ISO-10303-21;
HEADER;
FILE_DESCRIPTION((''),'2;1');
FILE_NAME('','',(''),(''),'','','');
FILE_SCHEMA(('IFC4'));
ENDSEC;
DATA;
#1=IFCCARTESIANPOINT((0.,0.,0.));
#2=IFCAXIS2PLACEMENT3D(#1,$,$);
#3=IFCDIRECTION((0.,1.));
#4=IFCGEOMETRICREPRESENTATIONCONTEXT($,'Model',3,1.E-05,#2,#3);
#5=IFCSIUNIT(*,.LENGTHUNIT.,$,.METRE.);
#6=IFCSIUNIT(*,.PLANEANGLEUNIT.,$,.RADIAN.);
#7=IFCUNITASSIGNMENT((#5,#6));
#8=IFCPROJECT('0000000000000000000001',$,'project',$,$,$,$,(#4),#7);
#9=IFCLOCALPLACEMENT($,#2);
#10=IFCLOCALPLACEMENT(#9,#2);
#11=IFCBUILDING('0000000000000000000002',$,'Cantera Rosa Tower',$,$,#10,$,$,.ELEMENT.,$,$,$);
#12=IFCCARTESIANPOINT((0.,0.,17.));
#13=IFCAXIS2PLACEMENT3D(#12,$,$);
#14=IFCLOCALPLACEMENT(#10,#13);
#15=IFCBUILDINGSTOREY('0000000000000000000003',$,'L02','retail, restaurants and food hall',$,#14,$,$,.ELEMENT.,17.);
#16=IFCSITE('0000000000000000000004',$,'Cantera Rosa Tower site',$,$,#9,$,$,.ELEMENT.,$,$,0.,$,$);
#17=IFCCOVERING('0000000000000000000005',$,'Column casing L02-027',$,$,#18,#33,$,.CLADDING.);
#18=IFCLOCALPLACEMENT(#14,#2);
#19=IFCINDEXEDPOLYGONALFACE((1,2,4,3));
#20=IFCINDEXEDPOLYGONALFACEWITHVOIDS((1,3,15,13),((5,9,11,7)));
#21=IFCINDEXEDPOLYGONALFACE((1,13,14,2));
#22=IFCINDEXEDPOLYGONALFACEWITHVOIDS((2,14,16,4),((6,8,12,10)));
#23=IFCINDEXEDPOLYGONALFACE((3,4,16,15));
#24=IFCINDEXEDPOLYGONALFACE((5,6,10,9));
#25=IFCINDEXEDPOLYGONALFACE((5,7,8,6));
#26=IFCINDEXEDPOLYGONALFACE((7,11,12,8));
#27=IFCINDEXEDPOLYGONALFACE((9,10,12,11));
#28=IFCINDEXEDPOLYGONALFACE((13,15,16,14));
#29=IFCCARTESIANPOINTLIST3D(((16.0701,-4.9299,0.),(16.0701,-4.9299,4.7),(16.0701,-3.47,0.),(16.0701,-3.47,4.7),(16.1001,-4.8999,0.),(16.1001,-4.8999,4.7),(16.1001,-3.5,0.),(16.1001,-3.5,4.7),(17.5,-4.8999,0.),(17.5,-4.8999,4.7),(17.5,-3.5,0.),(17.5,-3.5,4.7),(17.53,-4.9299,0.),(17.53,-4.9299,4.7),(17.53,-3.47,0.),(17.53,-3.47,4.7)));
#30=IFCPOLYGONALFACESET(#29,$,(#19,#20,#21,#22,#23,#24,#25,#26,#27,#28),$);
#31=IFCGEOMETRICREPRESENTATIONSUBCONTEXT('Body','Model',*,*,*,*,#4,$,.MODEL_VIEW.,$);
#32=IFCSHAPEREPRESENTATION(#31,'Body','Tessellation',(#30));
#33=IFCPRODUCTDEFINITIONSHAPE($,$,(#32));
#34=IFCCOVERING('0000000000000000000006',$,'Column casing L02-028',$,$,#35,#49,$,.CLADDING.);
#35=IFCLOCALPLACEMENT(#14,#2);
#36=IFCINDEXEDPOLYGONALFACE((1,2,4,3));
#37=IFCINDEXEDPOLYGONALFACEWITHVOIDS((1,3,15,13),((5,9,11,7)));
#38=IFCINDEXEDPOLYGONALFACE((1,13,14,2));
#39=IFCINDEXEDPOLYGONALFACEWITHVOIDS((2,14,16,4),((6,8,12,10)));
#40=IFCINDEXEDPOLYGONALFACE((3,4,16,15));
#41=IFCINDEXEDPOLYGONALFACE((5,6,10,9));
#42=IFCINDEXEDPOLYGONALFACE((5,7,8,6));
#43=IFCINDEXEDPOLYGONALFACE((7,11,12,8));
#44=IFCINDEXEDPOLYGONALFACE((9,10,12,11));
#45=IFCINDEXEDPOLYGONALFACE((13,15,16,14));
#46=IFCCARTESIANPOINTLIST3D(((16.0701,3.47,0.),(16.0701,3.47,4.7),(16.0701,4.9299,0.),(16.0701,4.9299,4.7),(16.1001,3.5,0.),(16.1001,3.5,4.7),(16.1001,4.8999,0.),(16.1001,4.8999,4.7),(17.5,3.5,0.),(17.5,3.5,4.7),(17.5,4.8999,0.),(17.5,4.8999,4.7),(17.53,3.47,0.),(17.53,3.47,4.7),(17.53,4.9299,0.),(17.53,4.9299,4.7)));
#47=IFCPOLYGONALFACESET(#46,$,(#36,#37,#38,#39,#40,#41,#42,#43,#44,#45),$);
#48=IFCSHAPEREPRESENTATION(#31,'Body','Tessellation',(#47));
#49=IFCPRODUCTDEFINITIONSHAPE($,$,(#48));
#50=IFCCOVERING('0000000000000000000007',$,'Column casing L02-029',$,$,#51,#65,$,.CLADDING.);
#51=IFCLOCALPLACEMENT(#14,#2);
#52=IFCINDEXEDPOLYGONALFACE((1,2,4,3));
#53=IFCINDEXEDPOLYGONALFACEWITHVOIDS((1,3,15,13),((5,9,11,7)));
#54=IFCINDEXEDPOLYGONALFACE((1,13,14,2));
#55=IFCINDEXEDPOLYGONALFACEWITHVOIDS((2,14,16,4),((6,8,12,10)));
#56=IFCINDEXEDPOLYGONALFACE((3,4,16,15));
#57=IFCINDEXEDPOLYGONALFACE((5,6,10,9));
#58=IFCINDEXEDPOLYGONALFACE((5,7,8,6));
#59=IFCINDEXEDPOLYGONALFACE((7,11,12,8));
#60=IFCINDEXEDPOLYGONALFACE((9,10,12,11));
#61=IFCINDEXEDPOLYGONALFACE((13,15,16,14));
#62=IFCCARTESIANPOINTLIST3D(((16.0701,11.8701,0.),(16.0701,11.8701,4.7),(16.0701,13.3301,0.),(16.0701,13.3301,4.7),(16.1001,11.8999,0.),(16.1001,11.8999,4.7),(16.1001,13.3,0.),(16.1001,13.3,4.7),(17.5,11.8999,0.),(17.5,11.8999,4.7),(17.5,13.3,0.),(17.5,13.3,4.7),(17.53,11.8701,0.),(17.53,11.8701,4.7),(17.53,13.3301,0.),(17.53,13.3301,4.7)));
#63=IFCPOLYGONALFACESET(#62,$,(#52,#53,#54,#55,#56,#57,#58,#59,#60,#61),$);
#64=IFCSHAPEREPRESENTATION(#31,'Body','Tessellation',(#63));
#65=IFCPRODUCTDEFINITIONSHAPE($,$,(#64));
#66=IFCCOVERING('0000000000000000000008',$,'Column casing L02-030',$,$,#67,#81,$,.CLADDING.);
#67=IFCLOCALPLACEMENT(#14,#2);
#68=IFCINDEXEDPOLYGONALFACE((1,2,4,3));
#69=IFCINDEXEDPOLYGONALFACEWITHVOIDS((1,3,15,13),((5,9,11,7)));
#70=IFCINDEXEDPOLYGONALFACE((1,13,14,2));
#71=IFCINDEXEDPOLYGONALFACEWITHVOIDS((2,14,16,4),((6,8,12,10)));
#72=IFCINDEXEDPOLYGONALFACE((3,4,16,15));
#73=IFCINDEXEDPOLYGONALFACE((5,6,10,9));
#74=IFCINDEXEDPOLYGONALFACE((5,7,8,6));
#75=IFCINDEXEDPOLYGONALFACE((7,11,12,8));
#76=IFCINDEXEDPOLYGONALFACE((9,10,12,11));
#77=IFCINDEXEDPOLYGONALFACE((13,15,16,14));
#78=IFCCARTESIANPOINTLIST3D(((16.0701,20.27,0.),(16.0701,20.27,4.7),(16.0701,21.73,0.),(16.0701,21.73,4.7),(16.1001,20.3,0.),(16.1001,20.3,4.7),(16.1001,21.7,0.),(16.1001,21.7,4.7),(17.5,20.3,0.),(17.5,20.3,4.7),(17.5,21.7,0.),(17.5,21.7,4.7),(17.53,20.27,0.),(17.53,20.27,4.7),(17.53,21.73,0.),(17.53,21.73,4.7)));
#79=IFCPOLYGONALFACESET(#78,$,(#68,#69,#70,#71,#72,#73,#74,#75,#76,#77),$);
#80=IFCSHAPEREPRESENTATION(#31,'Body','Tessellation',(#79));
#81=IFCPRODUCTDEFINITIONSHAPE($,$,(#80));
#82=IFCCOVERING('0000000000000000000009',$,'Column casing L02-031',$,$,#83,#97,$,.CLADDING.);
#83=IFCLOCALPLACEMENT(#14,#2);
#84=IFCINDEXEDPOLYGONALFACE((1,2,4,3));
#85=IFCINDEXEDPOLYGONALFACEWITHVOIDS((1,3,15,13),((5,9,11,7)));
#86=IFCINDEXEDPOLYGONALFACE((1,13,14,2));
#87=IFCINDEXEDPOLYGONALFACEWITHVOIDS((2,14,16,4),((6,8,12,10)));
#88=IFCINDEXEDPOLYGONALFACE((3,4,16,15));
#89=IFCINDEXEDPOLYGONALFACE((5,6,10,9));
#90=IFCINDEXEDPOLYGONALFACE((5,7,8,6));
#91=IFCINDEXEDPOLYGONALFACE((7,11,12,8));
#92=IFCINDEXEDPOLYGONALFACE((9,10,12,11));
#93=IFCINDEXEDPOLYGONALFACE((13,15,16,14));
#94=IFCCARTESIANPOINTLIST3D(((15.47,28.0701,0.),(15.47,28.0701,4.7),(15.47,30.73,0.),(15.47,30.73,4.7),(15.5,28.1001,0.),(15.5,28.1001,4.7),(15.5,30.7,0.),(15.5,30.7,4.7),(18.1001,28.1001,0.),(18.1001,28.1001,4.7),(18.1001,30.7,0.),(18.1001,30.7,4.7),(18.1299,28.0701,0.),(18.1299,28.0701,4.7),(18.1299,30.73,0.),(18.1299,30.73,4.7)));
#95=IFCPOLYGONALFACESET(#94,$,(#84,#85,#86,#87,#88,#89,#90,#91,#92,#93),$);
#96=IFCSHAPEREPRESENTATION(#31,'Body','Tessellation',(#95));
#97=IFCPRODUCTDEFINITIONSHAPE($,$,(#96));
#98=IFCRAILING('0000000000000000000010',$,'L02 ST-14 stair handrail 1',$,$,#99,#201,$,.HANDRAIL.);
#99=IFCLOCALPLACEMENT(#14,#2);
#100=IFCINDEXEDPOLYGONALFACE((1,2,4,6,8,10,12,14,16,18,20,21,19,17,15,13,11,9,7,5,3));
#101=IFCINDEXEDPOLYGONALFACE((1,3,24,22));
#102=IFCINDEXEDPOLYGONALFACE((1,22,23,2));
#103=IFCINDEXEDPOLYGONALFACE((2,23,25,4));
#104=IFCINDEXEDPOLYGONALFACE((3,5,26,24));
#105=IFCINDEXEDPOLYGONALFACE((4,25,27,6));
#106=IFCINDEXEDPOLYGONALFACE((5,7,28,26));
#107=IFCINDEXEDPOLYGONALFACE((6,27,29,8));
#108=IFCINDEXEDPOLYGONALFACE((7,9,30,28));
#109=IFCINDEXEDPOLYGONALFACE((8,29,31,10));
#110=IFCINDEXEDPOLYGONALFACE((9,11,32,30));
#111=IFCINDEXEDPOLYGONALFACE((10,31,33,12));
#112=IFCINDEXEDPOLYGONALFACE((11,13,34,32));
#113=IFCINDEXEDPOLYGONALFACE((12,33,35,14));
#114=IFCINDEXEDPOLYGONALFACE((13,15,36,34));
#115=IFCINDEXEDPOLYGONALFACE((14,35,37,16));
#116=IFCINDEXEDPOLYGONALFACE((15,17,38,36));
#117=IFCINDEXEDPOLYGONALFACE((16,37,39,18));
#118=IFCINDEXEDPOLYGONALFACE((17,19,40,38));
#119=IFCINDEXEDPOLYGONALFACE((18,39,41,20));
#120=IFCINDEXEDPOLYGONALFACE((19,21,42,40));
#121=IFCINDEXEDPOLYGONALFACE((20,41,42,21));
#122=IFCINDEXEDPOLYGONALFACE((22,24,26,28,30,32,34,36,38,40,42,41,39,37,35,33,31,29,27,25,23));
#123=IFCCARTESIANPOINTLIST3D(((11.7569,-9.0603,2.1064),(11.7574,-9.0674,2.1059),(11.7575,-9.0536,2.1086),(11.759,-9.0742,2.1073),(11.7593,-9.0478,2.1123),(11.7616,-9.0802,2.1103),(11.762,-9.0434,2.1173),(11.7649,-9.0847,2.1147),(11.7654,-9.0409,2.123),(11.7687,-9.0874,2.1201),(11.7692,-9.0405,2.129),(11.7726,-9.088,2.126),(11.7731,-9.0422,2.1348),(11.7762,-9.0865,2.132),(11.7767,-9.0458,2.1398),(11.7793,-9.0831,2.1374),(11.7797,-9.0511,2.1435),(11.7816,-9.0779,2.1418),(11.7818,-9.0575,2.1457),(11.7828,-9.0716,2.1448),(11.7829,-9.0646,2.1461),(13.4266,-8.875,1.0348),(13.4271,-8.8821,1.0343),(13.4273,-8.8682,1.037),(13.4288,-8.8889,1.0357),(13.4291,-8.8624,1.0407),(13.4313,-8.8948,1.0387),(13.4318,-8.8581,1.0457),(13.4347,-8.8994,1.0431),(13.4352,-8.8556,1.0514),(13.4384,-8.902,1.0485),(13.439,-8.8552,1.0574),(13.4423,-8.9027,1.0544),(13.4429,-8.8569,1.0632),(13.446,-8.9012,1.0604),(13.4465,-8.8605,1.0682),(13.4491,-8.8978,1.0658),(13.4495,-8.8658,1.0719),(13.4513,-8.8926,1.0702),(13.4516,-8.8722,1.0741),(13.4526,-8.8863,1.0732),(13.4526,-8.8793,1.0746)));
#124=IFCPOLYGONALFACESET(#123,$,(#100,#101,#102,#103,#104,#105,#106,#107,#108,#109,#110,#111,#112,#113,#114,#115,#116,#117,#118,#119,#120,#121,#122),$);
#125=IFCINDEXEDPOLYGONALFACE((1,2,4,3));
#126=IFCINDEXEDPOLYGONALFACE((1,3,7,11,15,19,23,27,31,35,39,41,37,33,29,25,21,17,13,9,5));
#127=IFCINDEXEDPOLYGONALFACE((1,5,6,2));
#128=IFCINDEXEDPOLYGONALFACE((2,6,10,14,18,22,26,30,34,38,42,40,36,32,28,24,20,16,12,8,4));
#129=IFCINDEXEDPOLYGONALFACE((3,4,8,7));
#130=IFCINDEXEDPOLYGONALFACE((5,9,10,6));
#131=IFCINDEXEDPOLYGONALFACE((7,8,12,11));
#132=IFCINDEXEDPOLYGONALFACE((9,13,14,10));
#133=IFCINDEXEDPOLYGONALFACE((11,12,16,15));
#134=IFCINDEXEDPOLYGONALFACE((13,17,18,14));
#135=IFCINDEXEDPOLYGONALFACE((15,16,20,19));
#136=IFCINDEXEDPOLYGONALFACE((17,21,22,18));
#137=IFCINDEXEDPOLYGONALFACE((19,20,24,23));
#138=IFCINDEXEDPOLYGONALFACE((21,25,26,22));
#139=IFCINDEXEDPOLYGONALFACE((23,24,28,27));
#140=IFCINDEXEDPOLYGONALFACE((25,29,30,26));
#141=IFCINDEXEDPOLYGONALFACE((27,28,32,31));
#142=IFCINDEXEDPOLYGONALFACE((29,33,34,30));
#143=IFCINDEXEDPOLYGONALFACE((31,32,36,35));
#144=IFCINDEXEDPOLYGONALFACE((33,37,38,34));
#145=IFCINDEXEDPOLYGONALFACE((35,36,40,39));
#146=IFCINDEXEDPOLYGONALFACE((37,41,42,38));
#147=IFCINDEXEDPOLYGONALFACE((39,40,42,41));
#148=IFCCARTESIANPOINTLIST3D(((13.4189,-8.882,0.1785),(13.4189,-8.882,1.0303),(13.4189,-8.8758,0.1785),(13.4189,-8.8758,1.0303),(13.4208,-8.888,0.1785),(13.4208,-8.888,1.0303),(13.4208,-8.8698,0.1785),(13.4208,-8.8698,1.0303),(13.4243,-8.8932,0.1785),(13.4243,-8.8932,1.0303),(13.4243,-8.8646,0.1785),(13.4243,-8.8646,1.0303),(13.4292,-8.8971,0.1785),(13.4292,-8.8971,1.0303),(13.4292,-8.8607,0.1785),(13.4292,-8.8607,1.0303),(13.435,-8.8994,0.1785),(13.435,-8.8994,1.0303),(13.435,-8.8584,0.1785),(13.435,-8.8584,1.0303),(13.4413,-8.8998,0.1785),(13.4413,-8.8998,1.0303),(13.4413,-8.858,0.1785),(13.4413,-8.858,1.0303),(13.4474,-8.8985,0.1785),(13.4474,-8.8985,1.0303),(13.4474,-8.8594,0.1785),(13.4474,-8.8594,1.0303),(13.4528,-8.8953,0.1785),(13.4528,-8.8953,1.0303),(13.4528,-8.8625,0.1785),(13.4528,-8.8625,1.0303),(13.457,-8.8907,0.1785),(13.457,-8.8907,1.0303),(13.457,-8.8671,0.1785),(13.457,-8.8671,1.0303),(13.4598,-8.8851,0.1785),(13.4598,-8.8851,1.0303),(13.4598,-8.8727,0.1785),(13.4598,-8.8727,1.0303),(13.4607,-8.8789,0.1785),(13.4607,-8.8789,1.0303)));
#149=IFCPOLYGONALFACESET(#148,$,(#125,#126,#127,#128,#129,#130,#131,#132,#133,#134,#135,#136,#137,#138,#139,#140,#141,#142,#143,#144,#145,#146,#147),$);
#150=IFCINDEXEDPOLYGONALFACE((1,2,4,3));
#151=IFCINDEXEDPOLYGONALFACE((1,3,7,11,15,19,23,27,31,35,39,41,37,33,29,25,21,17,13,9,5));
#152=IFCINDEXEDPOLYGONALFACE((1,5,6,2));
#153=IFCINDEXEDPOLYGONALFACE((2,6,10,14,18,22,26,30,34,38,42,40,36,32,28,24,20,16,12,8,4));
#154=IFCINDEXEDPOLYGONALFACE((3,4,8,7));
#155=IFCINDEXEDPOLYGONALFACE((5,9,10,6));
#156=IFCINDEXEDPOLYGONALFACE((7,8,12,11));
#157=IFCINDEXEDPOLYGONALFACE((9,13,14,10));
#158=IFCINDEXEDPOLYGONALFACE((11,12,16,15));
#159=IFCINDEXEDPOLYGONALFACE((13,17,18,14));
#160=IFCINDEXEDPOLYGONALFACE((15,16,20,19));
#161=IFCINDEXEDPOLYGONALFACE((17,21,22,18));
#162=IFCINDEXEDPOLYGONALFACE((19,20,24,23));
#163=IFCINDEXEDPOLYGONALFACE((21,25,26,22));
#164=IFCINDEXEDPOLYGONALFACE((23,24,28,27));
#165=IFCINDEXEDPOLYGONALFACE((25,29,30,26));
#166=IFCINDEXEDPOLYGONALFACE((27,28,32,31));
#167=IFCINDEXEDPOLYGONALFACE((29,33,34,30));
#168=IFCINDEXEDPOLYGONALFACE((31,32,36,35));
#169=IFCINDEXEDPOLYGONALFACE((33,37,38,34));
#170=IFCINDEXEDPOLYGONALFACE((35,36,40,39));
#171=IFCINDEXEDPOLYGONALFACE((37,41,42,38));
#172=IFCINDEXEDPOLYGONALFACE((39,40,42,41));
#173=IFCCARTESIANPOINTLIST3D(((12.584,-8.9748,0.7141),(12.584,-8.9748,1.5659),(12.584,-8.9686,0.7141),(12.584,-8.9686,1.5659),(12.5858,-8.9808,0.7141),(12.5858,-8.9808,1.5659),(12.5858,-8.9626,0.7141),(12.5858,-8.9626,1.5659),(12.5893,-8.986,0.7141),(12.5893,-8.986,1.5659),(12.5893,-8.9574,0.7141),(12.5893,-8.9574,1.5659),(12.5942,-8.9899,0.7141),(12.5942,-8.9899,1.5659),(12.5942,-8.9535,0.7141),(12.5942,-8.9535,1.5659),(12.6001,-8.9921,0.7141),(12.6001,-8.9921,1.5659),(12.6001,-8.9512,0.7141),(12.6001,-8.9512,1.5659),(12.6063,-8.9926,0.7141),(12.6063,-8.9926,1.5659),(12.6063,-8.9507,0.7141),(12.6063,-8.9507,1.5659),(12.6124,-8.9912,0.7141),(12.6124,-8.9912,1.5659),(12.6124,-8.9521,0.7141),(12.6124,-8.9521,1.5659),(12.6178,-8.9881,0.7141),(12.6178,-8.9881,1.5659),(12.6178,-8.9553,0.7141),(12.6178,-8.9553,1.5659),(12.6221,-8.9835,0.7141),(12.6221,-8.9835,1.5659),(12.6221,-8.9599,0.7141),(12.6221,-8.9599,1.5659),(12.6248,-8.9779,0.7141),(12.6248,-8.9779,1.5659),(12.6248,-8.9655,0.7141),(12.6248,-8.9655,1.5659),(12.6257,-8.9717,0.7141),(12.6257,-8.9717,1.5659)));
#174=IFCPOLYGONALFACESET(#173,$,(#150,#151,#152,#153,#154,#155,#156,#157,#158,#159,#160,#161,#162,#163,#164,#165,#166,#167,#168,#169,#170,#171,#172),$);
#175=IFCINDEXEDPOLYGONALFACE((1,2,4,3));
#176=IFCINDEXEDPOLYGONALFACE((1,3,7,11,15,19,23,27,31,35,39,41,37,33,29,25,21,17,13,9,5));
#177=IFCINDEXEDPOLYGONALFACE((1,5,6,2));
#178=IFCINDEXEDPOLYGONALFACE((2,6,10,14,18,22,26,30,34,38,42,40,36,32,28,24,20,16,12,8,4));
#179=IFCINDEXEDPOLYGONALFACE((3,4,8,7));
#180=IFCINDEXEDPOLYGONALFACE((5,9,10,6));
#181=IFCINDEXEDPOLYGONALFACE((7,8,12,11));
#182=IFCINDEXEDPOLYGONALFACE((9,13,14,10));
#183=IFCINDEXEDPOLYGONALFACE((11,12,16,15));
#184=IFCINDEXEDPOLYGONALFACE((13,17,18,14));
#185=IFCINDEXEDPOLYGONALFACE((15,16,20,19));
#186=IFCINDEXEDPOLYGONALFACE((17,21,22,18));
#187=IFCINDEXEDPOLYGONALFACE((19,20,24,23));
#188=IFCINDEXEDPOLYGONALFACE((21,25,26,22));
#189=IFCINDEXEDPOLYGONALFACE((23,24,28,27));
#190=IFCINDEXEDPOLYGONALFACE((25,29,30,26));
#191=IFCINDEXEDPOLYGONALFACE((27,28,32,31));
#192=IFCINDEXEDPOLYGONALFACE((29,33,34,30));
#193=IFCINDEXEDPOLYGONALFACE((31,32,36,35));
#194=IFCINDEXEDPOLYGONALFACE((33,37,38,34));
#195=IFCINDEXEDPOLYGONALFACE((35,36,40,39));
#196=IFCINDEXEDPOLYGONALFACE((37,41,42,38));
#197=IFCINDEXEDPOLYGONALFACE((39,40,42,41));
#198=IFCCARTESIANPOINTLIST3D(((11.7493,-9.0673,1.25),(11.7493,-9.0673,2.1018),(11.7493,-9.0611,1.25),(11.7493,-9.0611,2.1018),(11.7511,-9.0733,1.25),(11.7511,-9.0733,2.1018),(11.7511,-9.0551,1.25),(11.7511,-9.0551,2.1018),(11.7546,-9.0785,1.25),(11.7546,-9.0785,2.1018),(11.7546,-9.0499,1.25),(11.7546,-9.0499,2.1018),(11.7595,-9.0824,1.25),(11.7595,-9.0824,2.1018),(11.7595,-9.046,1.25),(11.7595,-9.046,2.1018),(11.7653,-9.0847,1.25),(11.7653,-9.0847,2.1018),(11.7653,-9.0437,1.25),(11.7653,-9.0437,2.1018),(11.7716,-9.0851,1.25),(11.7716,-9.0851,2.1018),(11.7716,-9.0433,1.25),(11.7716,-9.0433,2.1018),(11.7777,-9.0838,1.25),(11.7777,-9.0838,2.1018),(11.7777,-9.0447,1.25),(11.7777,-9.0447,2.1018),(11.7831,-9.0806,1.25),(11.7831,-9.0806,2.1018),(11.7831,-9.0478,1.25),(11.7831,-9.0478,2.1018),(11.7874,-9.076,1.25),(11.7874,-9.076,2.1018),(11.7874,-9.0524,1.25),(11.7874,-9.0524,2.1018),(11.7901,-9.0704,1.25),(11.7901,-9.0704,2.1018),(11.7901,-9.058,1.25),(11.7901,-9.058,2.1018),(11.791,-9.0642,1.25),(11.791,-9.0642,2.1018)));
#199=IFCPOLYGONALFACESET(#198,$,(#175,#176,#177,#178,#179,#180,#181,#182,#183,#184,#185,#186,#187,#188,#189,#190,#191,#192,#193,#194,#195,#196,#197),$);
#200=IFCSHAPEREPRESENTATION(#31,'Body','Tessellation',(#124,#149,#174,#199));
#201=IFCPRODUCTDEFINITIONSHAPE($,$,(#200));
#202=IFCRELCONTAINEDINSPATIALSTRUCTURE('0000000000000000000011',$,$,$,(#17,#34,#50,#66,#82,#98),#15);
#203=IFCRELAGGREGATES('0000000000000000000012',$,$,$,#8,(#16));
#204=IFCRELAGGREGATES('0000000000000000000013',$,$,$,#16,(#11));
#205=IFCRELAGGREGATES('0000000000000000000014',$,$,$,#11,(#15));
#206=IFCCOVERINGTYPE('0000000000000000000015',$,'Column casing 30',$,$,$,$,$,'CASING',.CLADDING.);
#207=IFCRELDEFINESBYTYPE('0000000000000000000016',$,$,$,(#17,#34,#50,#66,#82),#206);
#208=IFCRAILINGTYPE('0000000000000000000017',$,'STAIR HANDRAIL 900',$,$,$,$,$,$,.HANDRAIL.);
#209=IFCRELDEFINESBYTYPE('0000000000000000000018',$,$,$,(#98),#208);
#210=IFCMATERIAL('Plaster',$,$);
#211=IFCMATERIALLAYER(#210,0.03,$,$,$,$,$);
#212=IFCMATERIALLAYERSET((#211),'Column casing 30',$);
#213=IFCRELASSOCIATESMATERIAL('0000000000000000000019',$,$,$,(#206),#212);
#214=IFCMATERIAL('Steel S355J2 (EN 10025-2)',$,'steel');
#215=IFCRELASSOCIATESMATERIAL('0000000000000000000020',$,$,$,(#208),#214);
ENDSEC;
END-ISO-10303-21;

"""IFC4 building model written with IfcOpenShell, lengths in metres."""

from ifc_helpers import new_model, si_unit, direction, frame, origin, origin_2d, place, context, subcontext, project, spatial, polyline, circle, outline, extrude, material, layer, layer_set, type_object, element, save


model = new_model("IFC4")

# Units and contexts
model_context = context("Model", 3, precision=1e-05, world=origin(), true_north=direction((0.0, 1.0)))
body_context = subcontext(model_context, "Body", "Model", "MODEL_VIEW")
ifc_project = project(units=[si_unit("LENGTHUNIT", "METRE"), si_unit("PLANEANGLEUNIT", "RADIAN")], contexts=[model_context])

# Site, building, storey
site_placement = place(None, origin())
site = spatial("IfcSite", under=ifc_project, at=site_placement, Name="Cantera Rosa Tower site", CompositionType="ELEMENT", RefElevation=0.0)
building_placement = place(site_placement, origin())
building = spatial("IfcBuilding", under=site, at=building_placement, Name="Cantera Rosa Tower", CompositionType="ELEMENT")
storey_placement = place(building_placement, frame((0.0, 0.0, 17.0)))
storey = spatial("IfcBuildingStorey", under=building, at=storey_placement, Name="L02", Description="retail, restaurants and food hall", CompositionType="ELEMENT", Elevation=17.0)

# Coverings
ifc_material_1 = material(Name="Plaster")
ifc_layer_1 = layer(ifc_material_1, 0.03)
ifc_layer_set_1 = layer_set([ifc_layer_1], Name="Column casing 30")
covering_type = type_object("IfcCoveringType", Name="Column casing 30", ElementType="CASING", PredefinedType="CLADDING", material=ifc_layer_set_1)
covering_1_placement = place(storey_placement, origin())
element("IfcCovering", 1, at=covering_1_placement, inside=storey, type_object=covering_type, Name="Column casing L02-027", PredefinedType="CLADDING", context=body_context, shape_type="SweptSolid", body=[
    extrude(outline(polyline([(16.0701, -4.9299), (17.53, -4.9299), (17.53, -3.47), (16.0701, -3.47), (16.0701, -4.9299)]), holes=[polyline([(17.5, -3.5), (16.1001, -3.5), (16.1001, -4.8999), (17.5, -4.8999), (17.5, -3.5)])]), origin(), (0.0, 0.0, 1.0), 4.7),
])
covering_2_placement = place(storey_placement, origin())
element("IfcCovering", 2, at=covering_2_placement, inside=storey, type_object=covering_type, Name="Column casing L02-028", PredefinedType="CLADDING", context=body_context, shape_type="SweptSolid", body=[
    extrude(outline(polyline([(16.0701, 3.47), (17.53, 3.47), (17.53, 4.9299), (16.0701, 4.9299), (16.0701, 3.47)]), holes=[polyline([(17.5, 4.8999), (16.1001, 4.8999), (16.1001, 3.5), (17.5, 3.5), (17.5, 4.8999)])]), origin(), (0.0, 0.0, 1.0), 4.7),
])
covering_3_placement = place(storey_placement, origin())
element("IfcCovering", 3, at=covering_3_placement, inside=storey, type_object=covering_type, Name="Column casing L02-029", PredefinedType="CLADDING", context=body_context, shape_type="SweptSolid", body=[
    extrude(outline(polyline([(16.0701, 11.8701), (17.53, 11.8701), (17.53, 13.3301), (16.0701, 13.3301), (16.0701, 11.8701)]), holes=[polyline([(17.5, 13.3), (16.1001, 13.3), (16.1001, 11.8999), (17.5, 11.8999), (17.5, 13.3)])]), origin(), (0.0, 0.0, 1.0), 4.7),
])
covering_4_placement = place(storey_placement, origin())
element("IfcCovering", 4, at=covering_4_placement, inside=storey, type_object=covering_type, Name="Column casing L02-030", PredefinedType="CLADDING", context=body_context, shape_type="SweptSolid", body=[
    extrude(outline(polyline([(16.0701, 20.27), (17.53, 20.27), (17.53, 21.73), (16.0701, 21.73), (16.0701, 20.27)]), holes=[polyline([(17.5, 21.7), (16.1001, 21.7), (16.1001, 20.3), (17.5, 20.3), (17.5, 21.7)])]), origin(), (0.0, 0.0, 1.0), 4.7),
])
covering_5_placement = place(storey_placement, origin())
element("IfcCovering", 5, at=covering_5_placement, inside=storey, type_object=covering_type, Name="Column casing L02-031", PredefinedType="CLADDING", context=body_context, shape_type="SweptSolid", body=[
    extrude(outline(polyline([(15.47, 28.0701), (18.1299, 28.0701), (18.1299, 30.73), (15.47, 30.73), (15.47, 28.0701)]), holes=[polyline([(18.1001, 30.7), (15.5, 30.7), (15.5, 28.1001), (18.1001, 28.1001), (18.1001, 30.7)])]), origin(), (0.0, 0.0, 1.0), 4.7),
])

# Railing
ifc_material_2 = material(Name="Steel S355J2 (EN 10025-2)", Category="steel")
railing_type_1 = type_object("IfcRailingType", Name="STAIR HANDRAIL 900", PredefinedType="HANDRAIL", material=ifc_material_2)
for number, where, name in (
    (6, (13.4397, -8.8789, 0.1785), "L02 ST-14 stair handrail 1"),
):
    element("IfcRailing", number, at=place(storey_placement, frame(where)), inside=storey, type_object=railing_type_1, Name=name, PredefinedType="HANDRAIL", context=body_context, shape_type="SweptSolid", body=[
        extrude(circle(Radius=0.0239, at=origin_2d()), frame((0.0, 0.0, 0.876), z_axis=(-0.837951, -0.092997, 0.537764), x_axis=(0.110304, -0.993898, 0.0)), (0.0, 0.0, 1.0), 1.9927),
        extrude(circle(Radius=0.021, at=origin_2d()), origin(), (0.0, 0.0, 1.0), 0.8518),
        extrude(circle(Radius=0.021, at=origin_2d()), frame((-0.835, -0.0928, 0.5356)), (0.0, 0.0, 1.0), 0.8518),
        extrude(circle(Radius=0.021, at=origin_2d()), frame((-1.6697, -0.1853, 1.0715)), (0.0, 0.0, 1.0), 0.8518),
    ])

save(model, "model.ifc")
